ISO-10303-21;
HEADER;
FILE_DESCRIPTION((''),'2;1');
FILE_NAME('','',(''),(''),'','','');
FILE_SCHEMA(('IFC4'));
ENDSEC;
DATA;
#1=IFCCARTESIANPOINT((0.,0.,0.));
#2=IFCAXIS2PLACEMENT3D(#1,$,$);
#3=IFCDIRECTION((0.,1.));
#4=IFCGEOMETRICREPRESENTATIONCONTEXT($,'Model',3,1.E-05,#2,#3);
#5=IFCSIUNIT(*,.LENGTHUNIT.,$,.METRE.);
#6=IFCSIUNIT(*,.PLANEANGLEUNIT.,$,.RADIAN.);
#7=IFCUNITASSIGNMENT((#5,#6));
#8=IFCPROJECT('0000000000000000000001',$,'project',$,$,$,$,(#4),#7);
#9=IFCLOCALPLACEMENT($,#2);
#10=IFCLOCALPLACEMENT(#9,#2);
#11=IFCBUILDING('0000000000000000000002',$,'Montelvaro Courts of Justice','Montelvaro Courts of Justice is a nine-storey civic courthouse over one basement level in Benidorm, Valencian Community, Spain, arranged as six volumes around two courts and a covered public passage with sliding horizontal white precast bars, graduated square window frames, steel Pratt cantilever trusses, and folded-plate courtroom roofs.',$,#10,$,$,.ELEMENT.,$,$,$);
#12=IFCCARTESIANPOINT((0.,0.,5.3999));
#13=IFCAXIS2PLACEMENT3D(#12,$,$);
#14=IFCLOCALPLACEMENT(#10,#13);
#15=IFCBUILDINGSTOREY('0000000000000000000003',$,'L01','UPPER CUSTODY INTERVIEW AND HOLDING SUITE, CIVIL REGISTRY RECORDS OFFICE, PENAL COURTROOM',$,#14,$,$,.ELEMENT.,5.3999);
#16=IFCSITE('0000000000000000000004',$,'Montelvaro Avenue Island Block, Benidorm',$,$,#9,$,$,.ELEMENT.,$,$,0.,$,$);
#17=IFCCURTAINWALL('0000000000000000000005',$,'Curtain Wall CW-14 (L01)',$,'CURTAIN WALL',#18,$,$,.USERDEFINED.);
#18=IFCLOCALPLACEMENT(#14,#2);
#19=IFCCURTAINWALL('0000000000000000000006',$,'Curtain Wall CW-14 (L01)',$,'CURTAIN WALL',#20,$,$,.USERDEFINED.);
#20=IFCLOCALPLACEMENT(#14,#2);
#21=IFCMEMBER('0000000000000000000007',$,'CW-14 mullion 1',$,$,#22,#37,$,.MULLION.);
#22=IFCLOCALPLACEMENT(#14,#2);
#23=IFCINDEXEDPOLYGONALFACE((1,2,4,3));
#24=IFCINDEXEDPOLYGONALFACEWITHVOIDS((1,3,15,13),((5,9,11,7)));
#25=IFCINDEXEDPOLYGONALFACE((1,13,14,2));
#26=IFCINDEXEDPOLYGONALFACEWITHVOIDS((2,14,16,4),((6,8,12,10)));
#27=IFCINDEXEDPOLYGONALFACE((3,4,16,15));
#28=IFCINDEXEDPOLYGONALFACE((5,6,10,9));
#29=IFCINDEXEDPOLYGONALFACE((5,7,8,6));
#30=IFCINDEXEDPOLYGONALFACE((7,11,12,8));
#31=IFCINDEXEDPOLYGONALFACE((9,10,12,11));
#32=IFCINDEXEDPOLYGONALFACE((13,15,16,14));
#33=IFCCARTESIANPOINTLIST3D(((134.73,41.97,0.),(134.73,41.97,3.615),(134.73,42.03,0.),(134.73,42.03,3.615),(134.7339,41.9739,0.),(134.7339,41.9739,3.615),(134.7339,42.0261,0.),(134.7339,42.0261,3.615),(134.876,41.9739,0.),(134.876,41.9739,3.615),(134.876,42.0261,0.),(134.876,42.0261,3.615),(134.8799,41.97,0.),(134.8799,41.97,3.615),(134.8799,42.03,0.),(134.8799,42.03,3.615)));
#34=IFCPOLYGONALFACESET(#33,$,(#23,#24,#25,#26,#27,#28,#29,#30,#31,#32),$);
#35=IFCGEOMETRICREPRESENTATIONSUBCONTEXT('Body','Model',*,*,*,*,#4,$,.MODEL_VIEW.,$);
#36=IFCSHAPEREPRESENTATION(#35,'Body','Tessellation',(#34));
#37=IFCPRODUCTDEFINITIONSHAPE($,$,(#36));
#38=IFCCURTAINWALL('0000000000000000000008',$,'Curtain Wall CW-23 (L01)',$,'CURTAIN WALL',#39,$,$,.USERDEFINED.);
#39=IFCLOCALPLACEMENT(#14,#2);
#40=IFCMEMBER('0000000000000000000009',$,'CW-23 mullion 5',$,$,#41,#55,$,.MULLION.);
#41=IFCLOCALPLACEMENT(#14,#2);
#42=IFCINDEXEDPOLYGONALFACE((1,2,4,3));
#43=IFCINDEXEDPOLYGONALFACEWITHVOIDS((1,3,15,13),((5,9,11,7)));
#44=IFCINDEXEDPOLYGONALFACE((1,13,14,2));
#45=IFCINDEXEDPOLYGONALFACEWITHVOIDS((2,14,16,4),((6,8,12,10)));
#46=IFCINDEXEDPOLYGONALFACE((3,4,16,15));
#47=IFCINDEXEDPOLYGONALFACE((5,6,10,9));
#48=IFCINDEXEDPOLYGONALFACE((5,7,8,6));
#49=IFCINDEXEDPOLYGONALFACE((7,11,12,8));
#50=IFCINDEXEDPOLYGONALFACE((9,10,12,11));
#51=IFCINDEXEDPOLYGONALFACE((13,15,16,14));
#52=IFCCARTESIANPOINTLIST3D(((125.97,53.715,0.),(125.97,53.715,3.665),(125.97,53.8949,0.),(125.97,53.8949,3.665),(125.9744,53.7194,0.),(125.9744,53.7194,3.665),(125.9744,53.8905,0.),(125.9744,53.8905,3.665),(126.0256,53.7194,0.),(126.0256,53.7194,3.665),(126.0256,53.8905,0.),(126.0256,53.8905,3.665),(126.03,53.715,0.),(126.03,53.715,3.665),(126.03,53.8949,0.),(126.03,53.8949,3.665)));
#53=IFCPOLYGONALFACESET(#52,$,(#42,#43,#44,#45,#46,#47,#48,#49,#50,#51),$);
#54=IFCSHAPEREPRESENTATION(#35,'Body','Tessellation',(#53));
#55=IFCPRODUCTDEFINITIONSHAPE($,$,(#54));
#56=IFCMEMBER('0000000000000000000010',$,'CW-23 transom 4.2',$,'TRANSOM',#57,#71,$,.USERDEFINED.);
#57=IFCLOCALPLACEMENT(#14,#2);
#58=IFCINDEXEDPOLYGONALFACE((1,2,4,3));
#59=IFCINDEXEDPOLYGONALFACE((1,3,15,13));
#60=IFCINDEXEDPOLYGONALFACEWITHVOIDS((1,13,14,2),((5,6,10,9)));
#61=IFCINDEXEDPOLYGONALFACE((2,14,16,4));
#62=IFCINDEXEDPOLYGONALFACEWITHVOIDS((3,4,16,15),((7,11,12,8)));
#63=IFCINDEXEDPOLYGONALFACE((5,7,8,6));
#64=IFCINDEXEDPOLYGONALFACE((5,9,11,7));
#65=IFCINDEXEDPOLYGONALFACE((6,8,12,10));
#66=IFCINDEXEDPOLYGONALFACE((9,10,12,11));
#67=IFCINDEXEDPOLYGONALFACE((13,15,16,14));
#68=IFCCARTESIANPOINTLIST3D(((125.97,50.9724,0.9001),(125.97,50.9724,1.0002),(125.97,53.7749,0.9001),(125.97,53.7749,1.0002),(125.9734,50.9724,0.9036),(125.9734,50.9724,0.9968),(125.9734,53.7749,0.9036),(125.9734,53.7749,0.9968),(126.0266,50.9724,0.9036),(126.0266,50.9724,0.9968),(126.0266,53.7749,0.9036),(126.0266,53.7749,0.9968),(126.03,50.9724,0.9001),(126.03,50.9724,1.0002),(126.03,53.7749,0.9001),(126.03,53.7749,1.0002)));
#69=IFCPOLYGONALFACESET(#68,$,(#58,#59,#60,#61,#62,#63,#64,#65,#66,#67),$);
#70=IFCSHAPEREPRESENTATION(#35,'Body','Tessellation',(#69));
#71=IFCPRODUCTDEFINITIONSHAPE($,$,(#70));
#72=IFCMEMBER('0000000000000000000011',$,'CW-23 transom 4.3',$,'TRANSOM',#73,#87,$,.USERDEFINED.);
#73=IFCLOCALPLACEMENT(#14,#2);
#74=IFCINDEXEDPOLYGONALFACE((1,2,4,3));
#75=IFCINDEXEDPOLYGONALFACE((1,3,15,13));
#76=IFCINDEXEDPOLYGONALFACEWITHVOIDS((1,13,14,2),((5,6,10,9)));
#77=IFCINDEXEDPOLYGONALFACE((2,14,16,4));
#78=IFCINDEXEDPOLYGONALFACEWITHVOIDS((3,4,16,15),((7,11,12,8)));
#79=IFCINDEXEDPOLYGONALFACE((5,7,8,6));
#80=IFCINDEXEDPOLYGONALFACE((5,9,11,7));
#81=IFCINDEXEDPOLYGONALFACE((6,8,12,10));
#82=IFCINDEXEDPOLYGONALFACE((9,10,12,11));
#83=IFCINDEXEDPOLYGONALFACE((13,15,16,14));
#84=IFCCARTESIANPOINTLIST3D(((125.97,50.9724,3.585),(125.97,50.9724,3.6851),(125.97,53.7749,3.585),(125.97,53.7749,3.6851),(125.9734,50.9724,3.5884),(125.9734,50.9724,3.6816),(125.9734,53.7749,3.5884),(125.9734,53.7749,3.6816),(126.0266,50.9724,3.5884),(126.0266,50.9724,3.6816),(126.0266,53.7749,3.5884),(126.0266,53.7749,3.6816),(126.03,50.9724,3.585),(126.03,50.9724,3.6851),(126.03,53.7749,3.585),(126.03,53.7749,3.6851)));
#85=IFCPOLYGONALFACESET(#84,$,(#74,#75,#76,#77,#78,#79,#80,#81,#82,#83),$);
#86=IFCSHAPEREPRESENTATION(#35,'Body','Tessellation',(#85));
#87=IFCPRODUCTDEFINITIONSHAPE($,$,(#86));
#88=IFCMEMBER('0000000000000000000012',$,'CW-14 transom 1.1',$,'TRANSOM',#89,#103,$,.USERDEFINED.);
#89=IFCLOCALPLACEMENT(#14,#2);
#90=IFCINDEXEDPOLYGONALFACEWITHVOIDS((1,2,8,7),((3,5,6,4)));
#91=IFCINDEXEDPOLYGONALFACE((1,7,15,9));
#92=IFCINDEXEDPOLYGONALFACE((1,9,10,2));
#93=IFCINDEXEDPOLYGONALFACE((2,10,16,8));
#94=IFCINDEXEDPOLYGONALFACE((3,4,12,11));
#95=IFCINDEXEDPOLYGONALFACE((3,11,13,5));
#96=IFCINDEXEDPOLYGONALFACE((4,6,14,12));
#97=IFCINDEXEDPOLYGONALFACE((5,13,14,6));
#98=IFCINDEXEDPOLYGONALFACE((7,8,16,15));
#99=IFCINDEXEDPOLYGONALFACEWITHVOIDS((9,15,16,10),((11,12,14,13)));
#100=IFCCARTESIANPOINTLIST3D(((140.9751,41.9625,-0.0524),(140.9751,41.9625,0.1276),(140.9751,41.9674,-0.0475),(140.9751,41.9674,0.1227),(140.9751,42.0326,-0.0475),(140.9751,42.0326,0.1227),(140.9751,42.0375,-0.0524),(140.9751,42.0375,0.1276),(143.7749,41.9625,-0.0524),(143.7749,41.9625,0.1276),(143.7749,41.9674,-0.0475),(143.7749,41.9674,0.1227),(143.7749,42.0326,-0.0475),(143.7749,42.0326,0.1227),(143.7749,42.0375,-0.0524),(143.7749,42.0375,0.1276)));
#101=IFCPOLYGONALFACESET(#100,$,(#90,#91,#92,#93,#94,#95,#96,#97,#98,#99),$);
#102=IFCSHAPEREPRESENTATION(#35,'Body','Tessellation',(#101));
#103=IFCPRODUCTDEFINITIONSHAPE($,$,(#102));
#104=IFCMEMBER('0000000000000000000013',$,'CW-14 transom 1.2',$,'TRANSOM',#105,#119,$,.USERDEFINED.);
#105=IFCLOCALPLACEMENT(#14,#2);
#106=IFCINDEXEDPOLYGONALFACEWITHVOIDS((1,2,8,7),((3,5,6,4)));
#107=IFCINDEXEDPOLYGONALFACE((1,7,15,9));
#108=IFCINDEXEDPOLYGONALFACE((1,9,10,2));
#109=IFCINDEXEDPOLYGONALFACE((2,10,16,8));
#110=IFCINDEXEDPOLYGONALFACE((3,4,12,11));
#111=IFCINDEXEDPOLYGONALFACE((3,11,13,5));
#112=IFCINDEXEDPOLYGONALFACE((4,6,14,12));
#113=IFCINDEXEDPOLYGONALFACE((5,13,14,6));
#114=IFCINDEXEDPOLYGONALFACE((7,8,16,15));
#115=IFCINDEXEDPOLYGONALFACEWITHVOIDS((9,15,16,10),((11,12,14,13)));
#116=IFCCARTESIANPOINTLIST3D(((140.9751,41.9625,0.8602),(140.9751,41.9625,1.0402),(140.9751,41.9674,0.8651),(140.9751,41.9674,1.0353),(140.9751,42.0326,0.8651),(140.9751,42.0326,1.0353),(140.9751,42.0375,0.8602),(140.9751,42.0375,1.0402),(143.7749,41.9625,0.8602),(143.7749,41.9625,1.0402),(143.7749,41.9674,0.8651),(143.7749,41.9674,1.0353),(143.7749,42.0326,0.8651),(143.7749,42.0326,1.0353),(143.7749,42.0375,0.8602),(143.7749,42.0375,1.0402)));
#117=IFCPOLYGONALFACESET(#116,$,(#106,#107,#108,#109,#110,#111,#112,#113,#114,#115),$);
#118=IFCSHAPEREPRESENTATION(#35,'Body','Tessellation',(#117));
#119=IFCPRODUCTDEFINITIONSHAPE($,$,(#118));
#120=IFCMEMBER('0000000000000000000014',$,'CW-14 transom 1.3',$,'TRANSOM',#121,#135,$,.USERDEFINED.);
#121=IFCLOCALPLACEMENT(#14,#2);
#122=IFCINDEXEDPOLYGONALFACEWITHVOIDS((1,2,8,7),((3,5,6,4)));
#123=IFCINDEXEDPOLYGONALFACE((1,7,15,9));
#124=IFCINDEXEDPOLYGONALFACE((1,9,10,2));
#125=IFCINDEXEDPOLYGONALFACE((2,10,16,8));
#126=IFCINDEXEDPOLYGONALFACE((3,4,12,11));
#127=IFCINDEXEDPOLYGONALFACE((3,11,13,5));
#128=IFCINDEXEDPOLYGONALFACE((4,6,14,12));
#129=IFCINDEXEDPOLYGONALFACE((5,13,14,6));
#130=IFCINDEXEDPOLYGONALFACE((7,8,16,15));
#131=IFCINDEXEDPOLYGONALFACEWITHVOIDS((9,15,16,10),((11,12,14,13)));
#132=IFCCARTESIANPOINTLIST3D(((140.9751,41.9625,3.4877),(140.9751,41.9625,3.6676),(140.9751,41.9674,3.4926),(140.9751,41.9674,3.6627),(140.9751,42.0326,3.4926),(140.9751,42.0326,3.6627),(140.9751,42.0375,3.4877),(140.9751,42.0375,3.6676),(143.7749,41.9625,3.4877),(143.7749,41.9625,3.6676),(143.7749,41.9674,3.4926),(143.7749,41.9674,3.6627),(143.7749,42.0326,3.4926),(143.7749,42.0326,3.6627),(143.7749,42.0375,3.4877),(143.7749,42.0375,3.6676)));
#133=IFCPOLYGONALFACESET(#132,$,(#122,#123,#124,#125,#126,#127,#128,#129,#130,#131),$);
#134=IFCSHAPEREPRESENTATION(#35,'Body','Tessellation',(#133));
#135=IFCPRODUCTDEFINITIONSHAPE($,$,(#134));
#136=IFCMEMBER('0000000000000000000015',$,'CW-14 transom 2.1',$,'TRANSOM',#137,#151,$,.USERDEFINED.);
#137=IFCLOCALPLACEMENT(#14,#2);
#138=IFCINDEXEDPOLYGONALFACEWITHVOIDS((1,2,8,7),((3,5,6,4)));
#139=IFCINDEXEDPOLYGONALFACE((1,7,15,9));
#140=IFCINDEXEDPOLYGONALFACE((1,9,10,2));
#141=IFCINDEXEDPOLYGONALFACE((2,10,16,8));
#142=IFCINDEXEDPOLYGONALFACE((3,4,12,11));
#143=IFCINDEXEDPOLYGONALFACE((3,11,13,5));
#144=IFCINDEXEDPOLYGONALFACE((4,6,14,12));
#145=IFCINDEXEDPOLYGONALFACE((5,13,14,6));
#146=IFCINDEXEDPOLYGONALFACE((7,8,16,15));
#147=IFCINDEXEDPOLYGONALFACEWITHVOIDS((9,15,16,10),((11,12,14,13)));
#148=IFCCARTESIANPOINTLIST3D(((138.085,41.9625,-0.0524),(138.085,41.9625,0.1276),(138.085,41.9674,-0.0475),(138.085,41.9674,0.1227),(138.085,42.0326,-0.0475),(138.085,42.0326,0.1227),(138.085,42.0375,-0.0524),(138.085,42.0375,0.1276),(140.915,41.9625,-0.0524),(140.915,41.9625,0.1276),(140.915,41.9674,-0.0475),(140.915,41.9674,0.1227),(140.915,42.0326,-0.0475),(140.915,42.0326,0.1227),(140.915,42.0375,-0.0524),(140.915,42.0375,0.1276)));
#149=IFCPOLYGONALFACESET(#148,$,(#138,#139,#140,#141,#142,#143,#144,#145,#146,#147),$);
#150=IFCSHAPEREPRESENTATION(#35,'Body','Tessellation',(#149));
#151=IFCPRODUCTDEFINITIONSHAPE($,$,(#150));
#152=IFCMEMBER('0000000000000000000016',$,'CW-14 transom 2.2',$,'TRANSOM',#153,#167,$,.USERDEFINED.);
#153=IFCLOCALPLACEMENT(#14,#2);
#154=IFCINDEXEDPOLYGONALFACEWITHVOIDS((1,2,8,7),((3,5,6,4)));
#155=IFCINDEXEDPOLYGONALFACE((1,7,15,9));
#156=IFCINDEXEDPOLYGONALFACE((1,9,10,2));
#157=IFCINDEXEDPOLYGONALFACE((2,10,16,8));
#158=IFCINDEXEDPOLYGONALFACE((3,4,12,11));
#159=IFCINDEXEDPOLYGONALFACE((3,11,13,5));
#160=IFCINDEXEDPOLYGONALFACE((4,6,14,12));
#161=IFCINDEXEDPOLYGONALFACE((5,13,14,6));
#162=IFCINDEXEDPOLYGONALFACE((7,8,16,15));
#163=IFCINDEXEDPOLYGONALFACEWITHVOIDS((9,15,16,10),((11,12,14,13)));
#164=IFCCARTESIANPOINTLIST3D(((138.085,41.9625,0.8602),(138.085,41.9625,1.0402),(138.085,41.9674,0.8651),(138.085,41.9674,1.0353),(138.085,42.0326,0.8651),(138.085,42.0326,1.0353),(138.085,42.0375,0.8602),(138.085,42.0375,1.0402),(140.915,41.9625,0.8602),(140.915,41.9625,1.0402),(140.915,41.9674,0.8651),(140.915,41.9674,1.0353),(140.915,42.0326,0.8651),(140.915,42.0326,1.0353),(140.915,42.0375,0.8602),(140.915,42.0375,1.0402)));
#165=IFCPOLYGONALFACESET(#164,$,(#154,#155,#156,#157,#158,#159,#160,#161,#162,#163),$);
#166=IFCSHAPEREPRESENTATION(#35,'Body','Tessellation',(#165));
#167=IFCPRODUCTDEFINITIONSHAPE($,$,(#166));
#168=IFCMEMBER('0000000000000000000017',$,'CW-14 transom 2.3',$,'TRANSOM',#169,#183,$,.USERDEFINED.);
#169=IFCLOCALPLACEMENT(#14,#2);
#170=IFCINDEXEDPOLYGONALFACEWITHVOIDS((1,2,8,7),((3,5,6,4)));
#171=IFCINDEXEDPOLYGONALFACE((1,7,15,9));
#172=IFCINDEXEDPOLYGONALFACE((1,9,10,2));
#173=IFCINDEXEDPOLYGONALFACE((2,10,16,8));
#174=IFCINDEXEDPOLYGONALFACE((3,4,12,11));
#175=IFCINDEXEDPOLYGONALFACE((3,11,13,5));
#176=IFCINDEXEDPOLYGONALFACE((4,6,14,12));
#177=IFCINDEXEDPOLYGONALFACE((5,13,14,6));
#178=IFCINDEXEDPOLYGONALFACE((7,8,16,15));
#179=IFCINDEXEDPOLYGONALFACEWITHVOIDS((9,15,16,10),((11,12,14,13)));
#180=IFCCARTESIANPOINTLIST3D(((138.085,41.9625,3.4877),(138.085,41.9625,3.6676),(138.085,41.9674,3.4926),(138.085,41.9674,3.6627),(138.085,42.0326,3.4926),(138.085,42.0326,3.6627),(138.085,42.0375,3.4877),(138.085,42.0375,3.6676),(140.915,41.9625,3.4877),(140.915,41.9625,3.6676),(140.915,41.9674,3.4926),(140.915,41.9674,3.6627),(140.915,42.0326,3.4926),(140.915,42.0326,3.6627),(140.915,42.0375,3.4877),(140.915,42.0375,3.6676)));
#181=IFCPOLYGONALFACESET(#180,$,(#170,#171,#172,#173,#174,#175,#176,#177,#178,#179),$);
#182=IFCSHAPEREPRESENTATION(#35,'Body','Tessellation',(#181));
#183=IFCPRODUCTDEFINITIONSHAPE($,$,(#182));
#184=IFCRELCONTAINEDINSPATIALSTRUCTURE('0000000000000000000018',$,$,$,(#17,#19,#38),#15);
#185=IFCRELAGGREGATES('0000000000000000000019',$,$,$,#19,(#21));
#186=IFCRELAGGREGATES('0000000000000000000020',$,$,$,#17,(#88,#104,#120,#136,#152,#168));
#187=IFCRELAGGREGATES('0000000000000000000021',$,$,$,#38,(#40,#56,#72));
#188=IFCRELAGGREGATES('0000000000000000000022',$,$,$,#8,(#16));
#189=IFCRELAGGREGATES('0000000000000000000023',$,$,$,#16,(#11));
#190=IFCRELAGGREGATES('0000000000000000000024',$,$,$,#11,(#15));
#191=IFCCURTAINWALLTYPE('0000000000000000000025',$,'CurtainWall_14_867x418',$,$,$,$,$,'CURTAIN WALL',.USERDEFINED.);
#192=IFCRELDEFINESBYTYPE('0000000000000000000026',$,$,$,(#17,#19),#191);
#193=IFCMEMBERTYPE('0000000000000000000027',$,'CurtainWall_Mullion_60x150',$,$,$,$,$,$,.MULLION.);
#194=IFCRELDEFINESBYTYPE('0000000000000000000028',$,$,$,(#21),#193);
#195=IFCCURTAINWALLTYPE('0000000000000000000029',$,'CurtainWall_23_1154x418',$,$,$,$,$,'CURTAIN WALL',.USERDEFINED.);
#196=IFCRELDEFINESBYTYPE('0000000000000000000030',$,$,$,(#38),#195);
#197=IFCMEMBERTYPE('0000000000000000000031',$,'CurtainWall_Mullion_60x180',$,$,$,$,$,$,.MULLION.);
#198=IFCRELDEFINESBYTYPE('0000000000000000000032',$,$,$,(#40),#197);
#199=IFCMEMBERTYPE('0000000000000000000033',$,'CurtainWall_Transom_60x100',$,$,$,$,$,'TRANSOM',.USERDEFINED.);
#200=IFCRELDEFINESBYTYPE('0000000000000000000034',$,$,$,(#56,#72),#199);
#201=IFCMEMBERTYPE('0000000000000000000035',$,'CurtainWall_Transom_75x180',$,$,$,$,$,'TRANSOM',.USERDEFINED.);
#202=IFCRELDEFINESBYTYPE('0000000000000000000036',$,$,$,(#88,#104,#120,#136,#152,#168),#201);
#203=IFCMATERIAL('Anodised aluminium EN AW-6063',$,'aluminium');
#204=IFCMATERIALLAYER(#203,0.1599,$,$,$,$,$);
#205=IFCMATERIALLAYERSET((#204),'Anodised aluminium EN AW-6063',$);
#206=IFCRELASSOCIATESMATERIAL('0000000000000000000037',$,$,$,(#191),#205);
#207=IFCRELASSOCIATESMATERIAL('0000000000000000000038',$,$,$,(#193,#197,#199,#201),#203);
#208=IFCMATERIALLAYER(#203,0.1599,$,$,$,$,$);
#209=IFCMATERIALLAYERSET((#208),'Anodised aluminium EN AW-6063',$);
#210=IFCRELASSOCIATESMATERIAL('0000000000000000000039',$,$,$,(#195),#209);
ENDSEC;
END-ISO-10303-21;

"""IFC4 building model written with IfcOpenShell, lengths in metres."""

from ifc_helpers import new_model, si_unit, direction, frame, origin, origin_2d, place, context, subcontext, project, spatial, hollow_rectangle, extrude, material, layer, layer_set, material_profile, profile_set, type_object, element, aggregate, save


model = new_model("IFC4")

# Units and contexts
model_context = context("Model", 3, precision=1e-05, world=origin(), true_north=direction((0.0, 1.0)))
body_context = subcontext(model_context, "Body", "Model", "MODEL_VIEW")
ifc_project = project(units=[si_unit("LENGTHUNIT", "METRE"), si_unit("PLANEANGLEUNIT", "RADIAN")], contexts=[model_context])

# Site, building, storey
site_placement = place(None, origin())
site = spatial("IfcSite", under=ifc_project, at=site_placement, Name="Montelvaro Avenue Island Block, Benidorm", CompositionType="ELEMENT", RefElevation=0.0)
building_placement = place(site_placement, origin())
building = spatial("IfcBuilding", under=site, at=building_placement, Name="Montelvaro Courts of Justice", Description="Montelvaro Courts of Justice is a nine-storey civic courthouse over one basement level in Benidorm, Valencian Community, Spain, arranged as six volumes around two courts and a covered public passage with sliding horizontal white precast bars, graduated square window frames, steel Pratt cantilever trusses, and folded-plate courtroom roofs.", CompositionType="ELEMENT")
storey_placement = place(building_placement, frame((0.0, 0.0, 5.3999)))
storey = spatial("IfcBuildingStorey", under=building, at=storey_placement, Name="L01", Description="UPPER CUSTODY INTERVIEW AND HOLDING SUITE, CIVIL REGISTRY RECORDS OFFICE, PENAL COURTROOM", CompositionType="ELEMENT", Elevation=5.3999)

# Curtain wall
ifc_material_1 = material(Name="Anodised aluminium EN AW-6063", Category="aluminium")
ifc_layer_1 = layer(ifc_material_1, 0.1599)
ifc_layer_set_1 = layer_set([ifc_layer_1], Name="Anodised aluminium EN AW-6063")
curtain_wall_type_1 = type_object("IfcCurtainWallType", Name="CurtainWall_14_867x418", ElementType="CURTAIN WALL", PredefinedType="USERDEFINED", material=ifc_layer_set_1)
curtain_wall_1_placement = place(storey_placement, origin())
curtain_wall_1 = element("IfcCurtainWall", 1, at=curtain_wall_1_placement, inside=storey, type_object=curtain_wall_type_1, Name="Curtain Wall CW-14 (L01)", ObjectType="CURTAIN WALL", PredefinedType="USERDEFINED")

# Curtain wall, member
curtain_wall_2_placement = place(storey_placement, origin())
curtain_wall_2 = element("IfcCurtainWall", 2, at=curtain_wall_2_placement, inside=storey, type_object=curtain_wall_type_1, Name="Curtain Wall CW-14 (L01)", ObjectType="CURTAIN WALL", PredefinedType="USERDEFINED")
ifc_material_profile_1 = material_profile(ifc_material_1, hollow_rectangle(XDim=0.0601, YDim=0.1499, WallThickness=0.0039, at=origin_2d()), Name="ALU-M 60x150")
ifc_profile_set_1 = profile_set([ifc_material_profile_1], Name="Anodised aluminium EN AW-6063")
member_type_1 = type_object("IfcMemberType", Name="CurtainWall_Mullion_60x150", PredefinedType="MULLION", material=ifc_profile_set_1)
member_1_placement = place(storey_placement, frame((134.8049, 42.0, 0.0), z_axis=(0.0, 0.0, 1.0), x_axis=(0.0, -1.0, 0.0)))
member_1 = element("IfcMember", 3, at=member_1_placement, type_object=member_type_1, Name="CW-14 mullion 1", PredefinedType="MULLION", context=body_context, shape_type="SweptSolid", body=[
    extrude(hollow_rectangle(XDim=0.0601, YDim=0.1499, WallThickness=0.0039, at=origin_2d()), origin(), (0.0, 0.0, 1.0), 3.615),
])

# Curtain wall, members
ifc_layer_2 = layer(ifc_material_1, 0.1599)
ifc_layer_set_2 = layer_set([ifc_layer_2], Name="Anodised aluminium EN AW-6063")
curtain_wall_type_2 = type_object("IfcCurtainWallType", Name="CurtainWall_23_1154x418", ElementType="CURTAIN WALL", PredefinedType="USERDEFINED", material=ifc_layer_set_2)
curtain_wall_3_placement = place(storey_placement, origin())
curtain_wall_3 = element("IfcCurtainWall", 4, at=curtain_wall_3_placement, inside=storey, type_object=curtain_wall_type_2, Name="Curtain Wall CW-23 (L01)", ObjectType="CURTAIN WALL", PredefinedType="USERDEFINED")
ifc_material_profile_2 = material_profile(ifc_material_1, hollow_rectangle(XDim=0.0601, YDim=0.1799, WallThickness=0.0044, at=origin_2d()), Name="ALU-M 60x180")
ifc_profile_set_2 = profile_set([ifc_material_profile_2], Name="Anodised aluminium EN AW-6063")
member_type_2 = type_object("IfcMemberType", Name="CurtainWall_Mullion_60x180", PredefinedType="MULLION", material=ifc_profile_set_2)
member_2_placement = place(storey_placement, frame((126.0, 53.8049, 0.0), z_axis=(0.0, 0.0, 1.0), x_axis=(-1.0, 0.0, 0.0)))
member_2 = element("IfcMember", 5, at=member_2_placement, type_object=member_type_2, Name="CW-23 mullion 5", PredefinedType="MULLION", context=body_context, shape_type="SweptSolid", body=[
    extrude(hollow_rectangle(XDim=0.0601, YDim=0.1799, WallThickness=0.0044, at=origin_2d()), origin(), (0.0, 0.0, 1.0), 3.665),
])
ifc_material_profile_3 = material_profile(ifc_material_1, hollow_rectangle(XDim=0.0601, YDim=0.1001, WallThickness=0.0034, at=origin_2d()), Name="ALU-T 60x100")
ifc_profile_set_3 = profile_set([ifc_material_profile_3], Name="Anodised aluminium EN AW-6063")
member_type_3 = type_object("IfcMemberType", Name="CurtainWall_Transom_60x100", ElementType="TRANSOM", PredefinedType="USERDEFINED", material=ifc_profile_set_3)
member_3_placement = place(storey_placement, frame((126.0, 50.9724, 0.9502), z_axis=(0.0, 1.0, 0.0), x_axis=(-1.0, 0.0, 0.0)))
member_3 = element("IfcMember", 6, at=member_3_placement, type_object=member_type_3, Name="CW-23 transom 4.2", ObjectType="TRANSOM", PredefinedType="USERDEFINED", context=body_context, shape_type="SweptSolid", body=[
    extrude(hollow_rectangle(XDim=0.0601, YDim=0.1001, WallThickness=0.0034, at=origin_2d()), origin(), (0.0, 0.0, 1.0), 2.8025),
])
member_4_placement = place(storey_placement, frame((126.0, 50.9724, 3.635), z_axis=(0.0, 1.0, 0.0), x_axis=(-1.0, 0.0, 0.0)))
member_4 = element("IfcMember", 7, at=member_4_placement, type_object=member_type_3, Name="CW-23 transom 4.3", ObjectType="TRANSOM", PredefinedType="USERDEFINED", context=body_context, shape_type="SweptSolid", body=[
    extrude(hollow_rectangle(XDim=0.0601, YDim=0.1001, WallThickness=0.0034, at=origin_2d()), origin(), (0.0, 0.0, 1.0), 2.8025),
])

# Members
ifc_material_profile_4 = material_profile(ifc_material_1, hollow_rectangle(XDim=0.075, YDim=0.1799, WallThickness=0.0049, at=origin_2d()), Name="ALU-T 75x180")
ifc_profile_set_4 = profile_set([ifc_material_profile_4], Name="Anodised aluminium EN AW-6063")
member_type_4 = type_object("IfcMemberType", Name="CurtainWall_Transom_75x180", ElementType="TRANSOM", PredefinedType="USERDEFINED", material=ifc_profile_set_4)
member_5_placement = place(storey_placement, frame((143.7749, 42.0, 0.0376), z_axis=(-1.0, 0.0, 0.0), x_axis=(0.0, -1.0, 0.0)))
member_5 = element("IfcMember", 8, at=member_5_placement, type_object=member_type_4, Name="CW-14 transom 1.1", ObjectType="TRANSOM", PredefinedType="USERDEFINED", context=body_context, shape_type="SweptSolid", body=[
    extrude(hollow_rectangle(XDim=0.075, YDim=0.1799, WallThickness=0.0049, at=origin_2d()), origin(), (0.0, 0.0, 1.0), 2.7998),
])
member_6_placement = place(storey_placement, frame((143.7749, 42.0, 0.9502), z_axis=(-1.0, 0.0, 0.0), x_axis=(0.0, -1.0, 0.0)))
member_6 = element("IfcMember", 9, at=member_6_placement, type_object=member_type_4, Name="CW-14 transom 1.2", ObjectType="TRANSOM", PredefinedType="USERDEFINED", context=body_context, shape_type="SweptSolid", body=[
    extrude(hollow_rectangle(XDim=0.075, YDim=0.1799, WallThickness=0.0049, at=origin_2d()), origin(), (0.0, 0.0, 1.0), 2.7998),
])
member_7_placement = place(storey_placement, frame((143.7749, 42.0, 3.5776), z_axis=(-1.0, 0.0, 0.0), x_axis=(0.0, -1.0, 0.0)))
member_7 = element("IfcMember", 10, at=member_7_placement, type_object=member_type_4, Name="CW-14 transom 1.3", ObjectType="TRANSOM", PredefinedType="USERDEFINED", context=body_context, shape_type="SweptSolid", body=[
    extrude(hollow_rectangle(XDim=0.075, YDim=0.1799, WallThickness=0.0049, at=origin_2d()), origin(), (0.0, 0.0, 1.0), 2.7998),
])
member_8_placement = place(storey_placement, frame((140.915, 42.0, 0.0376), z_axis=(-1.0, 0.0, 0.0), x_axis=(0.0, -1.0, 0.0)))
member_8 = element("IfcMember", 11, at=member_8_placement, type_object=member_type_4, Name="CW-14 transom 2.1", ObjectType="TRANSOM", PredefinedType="USERDEFINED", context=body_context, shape_type="SweptSolid", body=[
    extrude(hollow_rectangle(XDim=0.075, YDim=0.1799, WallThickness=0.0049, at=origin_2d()), origin(), (0.0, 0.0, 1.0), 2.8301),
])
member_9_placement = place(storey_placement, frame((140.915, 42.0, 0.9502), z_axis=(-1.0, 0.0, 0.0), x_axis=(0.0, -1.0, 0.0)))
member_9 = element("IfcMember", 12, at=member_9_placement, type_object=member_type_4, Name="CW-14 transom 2.2", ObjectType="TRANSOM", PredefinedType="USERDEFINED", context=body_context, shape_type="SweptSolid", body=[
    extrude(hollow_rectangle(XDim=0.075, YDim=0.1799, WallThickness=0.0049, at=origin_2d()), origin(), (0.0, 0.0, 1.0), 2.8301),
])
member_10_placement = place(storey_placement, frame((140.915, 42.0, 3.5776), z_axis=(-1.0, 0.0, 0.0), x_axis=(0.0, -1.0, 0.0)))
member_10 = element("IfcMember", 13, at=member_10_placement, type_object=member_type_4, Name="CW-14 transom 2.3", ObjectType="TRANSOM", PredefinedType="USERDEFINED", context=body_context, shape_type="SweptSolid", body=[
    extrude(hollow_rectangle(XDim=0.075, YDim=0.1799, WallThickness=0.0049, at=origin_2d()), origin(), (0.0, 0.0, 1.0), 2.8301),
])
aggregate(curtain_wall_2, [member_1])

aggregate(curtain_wall_1, [member_5, member_6, member_7, member_8, member_9, member_10])
aggregate(curtain_wall_3, [member_2, member_3, member_4])

save(model, "model.ifc")
